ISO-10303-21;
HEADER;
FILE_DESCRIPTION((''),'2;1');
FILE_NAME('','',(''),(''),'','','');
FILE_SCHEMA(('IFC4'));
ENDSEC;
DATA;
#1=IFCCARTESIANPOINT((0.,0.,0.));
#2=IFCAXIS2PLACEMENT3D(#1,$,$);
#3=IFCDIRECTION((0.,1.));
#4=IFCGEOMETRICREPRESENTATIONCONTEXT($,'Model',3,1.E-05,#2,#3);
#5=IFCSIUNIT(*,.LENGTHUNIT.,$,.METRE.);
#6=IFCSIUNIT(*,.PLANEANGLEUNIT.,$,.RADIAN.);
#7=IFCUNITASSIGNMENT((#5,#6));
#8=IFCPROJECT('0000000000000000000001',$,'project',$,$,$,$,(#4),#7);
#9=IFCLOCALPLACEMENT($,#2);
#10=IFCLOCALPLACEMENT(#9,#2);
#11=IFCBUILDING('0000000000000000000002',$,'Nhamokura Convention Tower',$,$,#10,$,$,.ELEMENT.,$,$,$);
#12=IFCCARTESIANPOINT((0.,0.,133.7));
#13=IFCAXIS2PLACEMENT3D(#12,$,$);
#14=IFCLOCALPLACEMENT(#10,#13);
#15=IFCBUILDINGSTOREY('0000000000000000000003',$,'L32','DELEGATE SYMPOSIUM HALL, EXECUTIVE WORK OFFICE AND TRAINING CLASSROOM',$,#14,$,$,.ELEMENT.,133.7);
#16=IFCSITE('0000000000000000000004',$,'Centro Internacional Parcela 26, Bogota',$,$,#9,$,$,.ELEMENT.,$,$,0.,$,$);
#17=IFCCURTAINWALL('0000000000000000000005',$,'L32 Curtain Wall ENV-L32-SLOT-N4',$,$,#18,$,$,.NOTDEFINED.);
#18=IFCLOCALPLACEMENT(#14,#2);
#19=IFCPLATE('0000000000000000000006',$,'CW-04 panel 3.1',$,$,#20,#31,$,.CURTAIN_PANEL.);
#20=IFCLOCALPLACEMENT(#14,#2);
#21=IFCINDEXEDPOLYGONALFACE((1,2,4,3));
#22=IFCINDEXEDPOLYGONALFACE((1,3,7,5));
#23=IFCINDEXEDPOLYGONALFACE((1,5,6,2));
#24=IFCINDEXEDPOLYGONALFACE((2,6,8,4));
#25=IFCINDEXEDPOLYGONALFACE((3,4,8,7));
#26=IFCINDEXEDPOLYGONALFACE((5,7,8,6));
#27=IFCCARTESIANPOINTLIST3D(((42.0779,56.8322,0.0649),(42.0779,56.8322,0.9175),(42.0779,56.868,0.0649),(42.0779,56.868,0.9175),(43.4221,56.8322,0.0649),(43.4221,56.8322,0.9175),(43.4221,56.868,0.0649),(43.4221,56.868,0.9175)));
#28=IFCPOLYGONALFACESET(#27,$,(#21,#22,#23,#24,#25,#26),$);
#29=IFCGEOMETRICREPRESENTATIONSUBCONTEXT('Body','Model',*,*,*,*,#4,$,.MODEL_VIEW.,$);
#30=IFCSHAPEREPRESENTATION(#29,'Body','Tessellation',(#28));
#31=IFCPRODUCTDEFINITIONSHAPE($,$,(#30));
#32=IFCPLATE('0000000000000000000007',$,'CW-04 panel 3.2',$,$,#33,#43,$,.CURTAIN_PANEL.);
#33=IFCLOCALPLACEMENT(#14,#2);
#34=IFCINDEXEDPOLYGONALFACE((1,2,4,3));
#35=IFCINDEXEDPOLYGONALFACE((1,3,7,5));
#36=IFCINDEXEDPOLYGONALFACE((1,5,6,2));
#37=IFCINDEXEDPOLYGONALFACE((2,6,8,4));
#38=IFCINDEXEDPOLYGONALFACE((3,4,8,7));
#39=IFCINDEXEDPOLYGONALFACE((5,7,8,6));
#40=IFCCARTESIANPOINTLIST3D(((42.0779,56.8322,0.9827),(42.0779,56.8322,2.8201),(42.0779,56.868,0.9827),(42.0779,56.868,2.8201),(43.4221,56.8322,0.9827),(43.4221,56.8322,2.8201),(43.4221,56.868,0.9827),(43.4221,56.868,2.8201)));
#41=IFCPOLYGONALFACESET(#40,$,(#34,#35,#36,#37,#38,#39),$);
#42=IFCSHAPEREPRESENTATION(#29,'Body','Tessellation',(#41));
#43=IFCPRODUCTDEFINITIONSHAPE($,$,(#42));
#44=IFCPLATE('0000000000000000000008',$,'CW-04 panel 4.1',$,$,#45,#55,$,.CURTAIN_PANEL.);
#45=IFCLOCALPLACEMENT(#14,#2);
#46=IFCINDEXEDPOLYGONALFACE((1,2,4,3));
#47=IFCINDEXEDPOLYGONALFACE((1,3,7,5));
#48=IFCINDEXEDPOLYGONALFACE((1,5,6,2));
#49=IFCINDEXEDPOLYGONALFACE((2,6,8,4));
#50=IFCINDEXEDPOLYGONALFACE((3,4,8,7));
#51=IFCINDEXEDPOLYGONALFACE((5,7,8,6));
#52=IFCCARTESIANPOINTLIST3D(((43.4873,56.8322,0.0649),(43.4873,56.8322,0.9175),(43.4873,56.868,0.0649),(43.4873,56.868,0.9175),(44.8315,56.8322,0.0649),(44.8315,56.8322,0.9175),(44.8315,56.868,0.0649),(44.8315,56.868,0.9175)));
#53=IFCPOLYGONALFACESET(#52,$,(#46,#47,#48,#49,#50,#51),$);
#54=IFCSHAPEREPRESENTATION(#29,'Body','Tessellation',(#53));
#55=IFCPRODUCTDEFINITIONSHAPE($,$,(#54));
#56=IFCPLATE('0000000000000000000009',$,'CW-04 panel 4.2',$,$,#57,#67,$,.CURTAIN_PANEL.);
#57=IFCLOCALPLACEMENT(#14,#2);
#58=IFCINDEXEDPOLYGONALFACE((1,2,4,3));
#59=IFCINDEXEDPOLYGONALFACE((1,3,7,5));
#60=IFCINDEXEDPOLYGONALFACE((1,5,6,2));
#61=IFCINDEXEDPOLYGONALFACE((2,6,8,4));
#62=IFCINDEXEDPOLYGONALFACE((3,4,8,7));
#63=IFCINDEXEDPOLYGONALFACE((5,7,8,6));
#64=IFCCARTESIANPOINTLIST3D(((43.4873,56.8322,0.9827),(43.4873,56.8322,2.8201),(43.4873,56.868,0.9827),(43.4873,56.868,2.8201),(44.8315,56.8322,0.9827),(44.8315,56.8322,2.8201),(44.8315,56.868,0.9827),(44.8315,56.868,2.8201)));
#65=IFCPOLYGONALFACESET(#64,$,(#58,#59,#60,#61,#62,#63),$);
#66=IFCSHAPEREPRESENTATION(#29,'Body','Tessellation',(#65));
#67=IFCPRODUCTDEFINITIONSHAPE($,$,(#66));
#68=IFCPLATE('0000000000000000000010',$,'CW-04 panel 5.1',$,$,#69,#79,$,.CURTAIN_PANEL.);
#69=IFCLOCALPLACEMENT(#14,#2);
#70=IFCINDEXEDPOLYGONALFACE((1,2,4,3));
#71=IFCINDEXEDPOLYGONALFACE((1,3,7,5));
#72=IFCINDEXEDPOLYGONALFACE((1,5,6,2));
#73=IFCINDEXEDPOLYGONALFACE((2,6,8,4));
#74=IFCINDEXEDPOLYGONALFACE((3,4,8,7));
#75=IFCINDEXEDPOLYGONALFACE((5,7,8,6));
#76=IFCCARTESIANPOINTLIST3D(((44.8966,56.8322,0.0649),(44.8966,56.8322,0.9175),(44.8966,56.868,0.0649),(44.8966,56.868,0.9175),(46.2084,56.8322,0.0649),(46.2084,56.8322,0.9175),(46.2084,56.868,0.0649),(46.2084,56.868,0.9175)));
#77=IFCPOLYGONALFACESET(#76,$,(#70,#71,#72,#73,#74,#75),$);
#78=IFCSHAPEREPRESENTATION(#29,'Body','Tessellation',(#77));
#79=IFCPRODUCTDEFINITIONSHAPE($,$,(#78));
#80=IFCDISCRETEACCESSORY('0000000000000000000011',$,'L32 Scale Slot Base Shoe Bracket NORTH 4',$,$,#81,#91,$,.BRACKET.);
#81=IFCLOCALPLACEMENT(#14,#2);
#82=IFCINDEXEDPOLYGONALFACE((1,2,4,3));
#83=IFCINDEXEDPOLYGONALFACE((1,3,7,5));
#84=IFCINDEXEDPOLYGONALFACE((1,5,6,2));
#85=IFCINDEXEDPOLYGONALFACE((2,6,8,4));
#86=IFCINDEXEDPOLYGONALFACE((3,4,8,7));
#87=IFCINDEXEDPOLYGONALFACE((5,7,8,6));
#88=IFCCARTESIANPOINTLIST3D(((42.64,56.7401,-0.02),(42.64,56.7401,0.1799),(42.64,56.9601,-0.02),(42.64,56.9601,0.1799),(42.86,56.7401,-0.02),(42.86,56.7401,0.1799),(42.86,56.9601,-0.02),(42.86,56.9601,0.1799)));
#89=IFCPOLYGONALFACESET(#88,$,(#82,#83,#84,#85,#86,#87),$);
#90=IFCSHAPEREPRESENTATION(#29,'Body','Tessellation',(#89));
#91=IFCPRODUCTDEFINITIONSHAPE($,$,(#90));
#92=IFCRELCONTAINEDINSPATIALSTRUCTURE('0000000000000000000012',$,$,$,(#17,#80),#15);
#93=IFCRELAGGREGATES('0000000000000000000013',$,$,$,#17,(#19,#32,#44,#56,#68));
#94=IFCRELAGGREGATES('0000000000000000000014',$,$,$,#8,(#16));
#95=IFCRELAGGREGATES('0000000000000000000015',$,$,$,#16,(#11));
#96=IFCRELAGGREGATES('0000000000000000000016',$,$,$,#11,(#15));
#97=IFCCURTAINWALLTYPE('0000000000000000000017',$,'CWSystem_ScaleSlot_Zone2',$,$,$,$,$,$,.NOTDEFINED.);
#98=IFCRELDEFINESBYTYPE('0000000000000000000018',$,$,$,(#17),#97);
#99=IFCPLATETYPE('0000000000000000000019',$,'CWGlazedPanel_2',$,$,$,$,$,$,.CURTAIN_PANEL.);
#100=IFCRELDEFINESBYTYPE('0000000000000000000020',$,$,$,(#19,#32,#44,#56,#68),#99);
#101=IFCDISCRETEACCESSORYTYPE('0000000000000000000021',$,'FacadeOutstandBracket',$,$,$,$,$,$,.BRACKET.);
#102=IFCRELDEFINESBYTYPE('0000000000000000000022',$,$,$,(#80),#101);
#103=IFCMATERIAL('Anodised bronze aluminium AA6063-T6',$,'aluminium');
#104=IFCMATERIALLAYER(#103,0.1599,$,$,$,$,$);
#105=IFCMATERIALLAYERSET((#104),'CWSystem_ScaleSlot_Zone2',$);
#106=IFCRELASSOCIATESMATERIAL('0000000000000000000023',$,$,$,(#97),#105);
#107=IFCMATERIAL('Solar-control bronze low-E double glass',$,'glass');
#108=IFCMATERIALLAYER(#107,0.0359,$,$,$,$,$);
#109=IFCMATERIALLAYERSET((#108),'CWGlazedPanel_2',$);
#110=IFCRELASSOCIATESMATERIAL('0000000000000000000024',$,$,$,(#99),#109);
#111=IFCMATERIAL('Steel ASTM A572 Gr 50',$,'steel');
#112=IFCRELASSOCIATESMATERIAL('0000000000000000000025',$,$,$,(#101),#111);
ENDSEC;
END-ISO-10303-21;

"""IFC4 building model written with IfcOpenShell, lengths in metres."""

from ifc_helpers import new_model, si_unit, direction, frame, origin, origin_2d, place, context, subcontext, project, spatial, rectangle, extrude, material, layer, layer_set, type_object, element, aggregate, save


model = new_model("IFC4")

# Units and contexts
model_context = context("Model", 3, precision=1e-05, world=origin(), true_north=direction((0.0, 1.0)))
body_context = subcontext(model_context, "Body", "Model", "MODEL_VIEW")
ifc_project = project(units=[si_unit("LENGTHUNIT", "METRE"), si_unit("PLANEANGLEUNIT", "RADIAN")], contexts=[model_context])

# Site, building, storey
site_placement = place(None, origin())
site = spatial("IfcSite", under=ifc_project, at=site_placement, Name="Centro Internacional Parcela 26, Bogota", CompositionType="ELEMENT", RefElevation=0.0)
building_placement = place(site_placement, origin())
building = spatial("IfcBuilding", under=site, at=building_placement, Name="Nhamokura Convention Tower", CompositionType="ELEMENT")
storey_placement = place(building_placement, frame((0.0, 0.0, 133.7)))
storey = spatial("IfcBuildingStorey", under=building, at=storey_placement, Name="L32", Description="DELEGATE SYMPOSIUM HALL, EXECUTIVE WORK OFFICE AND TRAINING CLASSROOM", CompositionType="ELEMENT", Elevation=133.7)

# Curtain wall
ifc_material_1 = material(Name="Anodised bronze aluminium AA6063-T6", Category="aluminium")
ifc_layer_1 = layer(ifc_material_1, 0.1599)
ifc_layer_set_1 = layer_set([ifc_layer_1], Name="CWSystem_ScaleSlot_Zone2")
curtain_wall_type = type_object("IfcCurtainWallType", Name="CWSystem_ScaleSlot_Zone2", PredefinedType="NOTDEFINED", material=ifc_layer_set_1)
curtain_wall_placement = place(storey_placement, origin())
curtain_wall = element("IfcCurtainWall", 1, at=curtain_wall_placement, inside=storey, type_object=curtain_wall_type, Name="L32 Curtain Wall ENV-L32-SLOT-N4", PredefinedType="NOTDEFINED")

# Plates
ifc_material_2 = material(Name="Solar-control bronze low-E double glass", Category="glass")
ifc_layer_2 = layer(ifc_material_2, 0.0359)
ifc_layer_set_2 = layer_set([ifc_layer_2], Name="CWGlazedPanel_2")
plate_type = type_object("IfcPlateType", Name="CWGlazedPanel_2", PredefinedType="CURTAIN_PANEL", material=ifc_layer_set_2)
plate_1_placement = place(storey_placement, frame((42.75, 56.8501, 0.0649), z_axis=(0.0, 0.0, 1.0), x_axis=(1.0, 0.0, 0.0)))
plate_1 = element("IfcPlate", 2, at=plate_1_placement, type_object=plate_type, Name="CW-04 panel 3.1", PredefinedType="CURTAIN_PANEL", context=body_context, shape_type="SweptSolid", body=[
    extrude(rectangle(XDim=1.3442, YDim=0.0359, at=origin_2d()), origin(), (0.0, 0.0, 1.0), 0.8525),
])
plate_2_placement = place(storey_placement, frame((42.75, 56.8501, 0.9827), z_axis=(0.0, 0.0, 1.0), x_axis=(1.0, 0.0, 0.0)))
plate_2 = element("IfcPlate", 3, at=plate_2_placement, type_object=plate_type, Name="CW-04 panel 3.2", PredefinedType="CURTAIN_PANEL", context=body_context, shape_type="SweptSolid", body=[
    extrude(rectangle(XDim=1.3442, YDim=0.0359, at=origin_2d()), origin(), (0.0, 0.0, 1.0), 1.8374),
])
plate_3_placement = place(storey_placement, frame((44.1594, 56.8501, 0.0649), z_axis=(0.0, 0.0, 1.0), x_axis=(1.0, 0.0, 0.0)))
plate_3 = element("IfcPlate", 4, at=plate_3_placement, type_object=plate_type, Name="CW-04 panel 4.1", PredefinedType="CURTAIN_PANEL", context=body_context, shape_type="SweptSolid", body=[
    extrude(rectangle(XDim=1.3442, YDim=0.0359, at=origin_2d()), origin(), (0.0, 0.0, 1.0), 0.8525),
])
plate_4_placement = place(storey_placement, frame((44.1594, 56.8501, 0.9827), z_axis=(0.0, 0.0, 1.0), x_axis=(1.0, 0.0, 0.0)))
plate_4 = element("IfcPlate", 5, at=plate_4_placement, type_object=plate_type, Name="CW-04 panel 4.2", PredefinedType="CURTAIN_PANEL", context=body_context, shape_type="SweptSolid", body=[
    extrude(rectangle(XDim=1.3442, YDim=0.0359, at=origin_2d()), origin(), (0.0, 0.0, 1.0), 1.8374),
])
plate_5_placement = place(storey_placement, frame((45.5525, 56.8501, 0.0649), z_axis=(0.0, 0.0, 1.0), x_axis=(1.0, 0.0, 0.0)))
plate_5 = element("IfcPlate", 6, at=plate_5_placement, type_object=plate_type, Name="CW-04 panel 5.1", PredefinedType="CURTAIN_PANEL", context=body_context, shape_type="SweptSolid", body=[
    extrude(rectangle(XDim=1.3118, YDim=0.0359, at=origin_2d()), origin(), (0.0, 0.0, 1.0), 0.8525),
])
aggregate(curtain_wall, [plate_1, plate_2, plate_3, plate_4, plate_5])

# Discrete accessory
ifc_material_3 = material(Name="Steel ASTM A572 Gr 50", Category="steel")
discrete_accessory_type = type_object("IfcDiscreteAccessoryType", Name="FacadeOutstandBracket", PredefinedType="BRACKET", material=ifc_material_3)
discrete_accessory_placement = place(storey_placement, frame((42.75, 56.8501, -0.02), z_axis=(0.0, 0.0, 1.0), x_axis=(1.0, 0.0, 0.0)))
element("IfcDiscreteAccessory", 7, at=discrete_accessory_placement, inside=storey, type_object=discrete_accessory_type, Name="L32 Scale Slot Base Shoe Bracket NORTH 4", PredefinedType="BRACKET", context=body_context, shape_type="SweptSolid", body=[
    extrude(rectangle(XDim=0.22, YDim=0.22, at=origin_2d()), origin(), (0.0, 0.0, 1.0), 0.2),
])

save(model, "model.ifc")
